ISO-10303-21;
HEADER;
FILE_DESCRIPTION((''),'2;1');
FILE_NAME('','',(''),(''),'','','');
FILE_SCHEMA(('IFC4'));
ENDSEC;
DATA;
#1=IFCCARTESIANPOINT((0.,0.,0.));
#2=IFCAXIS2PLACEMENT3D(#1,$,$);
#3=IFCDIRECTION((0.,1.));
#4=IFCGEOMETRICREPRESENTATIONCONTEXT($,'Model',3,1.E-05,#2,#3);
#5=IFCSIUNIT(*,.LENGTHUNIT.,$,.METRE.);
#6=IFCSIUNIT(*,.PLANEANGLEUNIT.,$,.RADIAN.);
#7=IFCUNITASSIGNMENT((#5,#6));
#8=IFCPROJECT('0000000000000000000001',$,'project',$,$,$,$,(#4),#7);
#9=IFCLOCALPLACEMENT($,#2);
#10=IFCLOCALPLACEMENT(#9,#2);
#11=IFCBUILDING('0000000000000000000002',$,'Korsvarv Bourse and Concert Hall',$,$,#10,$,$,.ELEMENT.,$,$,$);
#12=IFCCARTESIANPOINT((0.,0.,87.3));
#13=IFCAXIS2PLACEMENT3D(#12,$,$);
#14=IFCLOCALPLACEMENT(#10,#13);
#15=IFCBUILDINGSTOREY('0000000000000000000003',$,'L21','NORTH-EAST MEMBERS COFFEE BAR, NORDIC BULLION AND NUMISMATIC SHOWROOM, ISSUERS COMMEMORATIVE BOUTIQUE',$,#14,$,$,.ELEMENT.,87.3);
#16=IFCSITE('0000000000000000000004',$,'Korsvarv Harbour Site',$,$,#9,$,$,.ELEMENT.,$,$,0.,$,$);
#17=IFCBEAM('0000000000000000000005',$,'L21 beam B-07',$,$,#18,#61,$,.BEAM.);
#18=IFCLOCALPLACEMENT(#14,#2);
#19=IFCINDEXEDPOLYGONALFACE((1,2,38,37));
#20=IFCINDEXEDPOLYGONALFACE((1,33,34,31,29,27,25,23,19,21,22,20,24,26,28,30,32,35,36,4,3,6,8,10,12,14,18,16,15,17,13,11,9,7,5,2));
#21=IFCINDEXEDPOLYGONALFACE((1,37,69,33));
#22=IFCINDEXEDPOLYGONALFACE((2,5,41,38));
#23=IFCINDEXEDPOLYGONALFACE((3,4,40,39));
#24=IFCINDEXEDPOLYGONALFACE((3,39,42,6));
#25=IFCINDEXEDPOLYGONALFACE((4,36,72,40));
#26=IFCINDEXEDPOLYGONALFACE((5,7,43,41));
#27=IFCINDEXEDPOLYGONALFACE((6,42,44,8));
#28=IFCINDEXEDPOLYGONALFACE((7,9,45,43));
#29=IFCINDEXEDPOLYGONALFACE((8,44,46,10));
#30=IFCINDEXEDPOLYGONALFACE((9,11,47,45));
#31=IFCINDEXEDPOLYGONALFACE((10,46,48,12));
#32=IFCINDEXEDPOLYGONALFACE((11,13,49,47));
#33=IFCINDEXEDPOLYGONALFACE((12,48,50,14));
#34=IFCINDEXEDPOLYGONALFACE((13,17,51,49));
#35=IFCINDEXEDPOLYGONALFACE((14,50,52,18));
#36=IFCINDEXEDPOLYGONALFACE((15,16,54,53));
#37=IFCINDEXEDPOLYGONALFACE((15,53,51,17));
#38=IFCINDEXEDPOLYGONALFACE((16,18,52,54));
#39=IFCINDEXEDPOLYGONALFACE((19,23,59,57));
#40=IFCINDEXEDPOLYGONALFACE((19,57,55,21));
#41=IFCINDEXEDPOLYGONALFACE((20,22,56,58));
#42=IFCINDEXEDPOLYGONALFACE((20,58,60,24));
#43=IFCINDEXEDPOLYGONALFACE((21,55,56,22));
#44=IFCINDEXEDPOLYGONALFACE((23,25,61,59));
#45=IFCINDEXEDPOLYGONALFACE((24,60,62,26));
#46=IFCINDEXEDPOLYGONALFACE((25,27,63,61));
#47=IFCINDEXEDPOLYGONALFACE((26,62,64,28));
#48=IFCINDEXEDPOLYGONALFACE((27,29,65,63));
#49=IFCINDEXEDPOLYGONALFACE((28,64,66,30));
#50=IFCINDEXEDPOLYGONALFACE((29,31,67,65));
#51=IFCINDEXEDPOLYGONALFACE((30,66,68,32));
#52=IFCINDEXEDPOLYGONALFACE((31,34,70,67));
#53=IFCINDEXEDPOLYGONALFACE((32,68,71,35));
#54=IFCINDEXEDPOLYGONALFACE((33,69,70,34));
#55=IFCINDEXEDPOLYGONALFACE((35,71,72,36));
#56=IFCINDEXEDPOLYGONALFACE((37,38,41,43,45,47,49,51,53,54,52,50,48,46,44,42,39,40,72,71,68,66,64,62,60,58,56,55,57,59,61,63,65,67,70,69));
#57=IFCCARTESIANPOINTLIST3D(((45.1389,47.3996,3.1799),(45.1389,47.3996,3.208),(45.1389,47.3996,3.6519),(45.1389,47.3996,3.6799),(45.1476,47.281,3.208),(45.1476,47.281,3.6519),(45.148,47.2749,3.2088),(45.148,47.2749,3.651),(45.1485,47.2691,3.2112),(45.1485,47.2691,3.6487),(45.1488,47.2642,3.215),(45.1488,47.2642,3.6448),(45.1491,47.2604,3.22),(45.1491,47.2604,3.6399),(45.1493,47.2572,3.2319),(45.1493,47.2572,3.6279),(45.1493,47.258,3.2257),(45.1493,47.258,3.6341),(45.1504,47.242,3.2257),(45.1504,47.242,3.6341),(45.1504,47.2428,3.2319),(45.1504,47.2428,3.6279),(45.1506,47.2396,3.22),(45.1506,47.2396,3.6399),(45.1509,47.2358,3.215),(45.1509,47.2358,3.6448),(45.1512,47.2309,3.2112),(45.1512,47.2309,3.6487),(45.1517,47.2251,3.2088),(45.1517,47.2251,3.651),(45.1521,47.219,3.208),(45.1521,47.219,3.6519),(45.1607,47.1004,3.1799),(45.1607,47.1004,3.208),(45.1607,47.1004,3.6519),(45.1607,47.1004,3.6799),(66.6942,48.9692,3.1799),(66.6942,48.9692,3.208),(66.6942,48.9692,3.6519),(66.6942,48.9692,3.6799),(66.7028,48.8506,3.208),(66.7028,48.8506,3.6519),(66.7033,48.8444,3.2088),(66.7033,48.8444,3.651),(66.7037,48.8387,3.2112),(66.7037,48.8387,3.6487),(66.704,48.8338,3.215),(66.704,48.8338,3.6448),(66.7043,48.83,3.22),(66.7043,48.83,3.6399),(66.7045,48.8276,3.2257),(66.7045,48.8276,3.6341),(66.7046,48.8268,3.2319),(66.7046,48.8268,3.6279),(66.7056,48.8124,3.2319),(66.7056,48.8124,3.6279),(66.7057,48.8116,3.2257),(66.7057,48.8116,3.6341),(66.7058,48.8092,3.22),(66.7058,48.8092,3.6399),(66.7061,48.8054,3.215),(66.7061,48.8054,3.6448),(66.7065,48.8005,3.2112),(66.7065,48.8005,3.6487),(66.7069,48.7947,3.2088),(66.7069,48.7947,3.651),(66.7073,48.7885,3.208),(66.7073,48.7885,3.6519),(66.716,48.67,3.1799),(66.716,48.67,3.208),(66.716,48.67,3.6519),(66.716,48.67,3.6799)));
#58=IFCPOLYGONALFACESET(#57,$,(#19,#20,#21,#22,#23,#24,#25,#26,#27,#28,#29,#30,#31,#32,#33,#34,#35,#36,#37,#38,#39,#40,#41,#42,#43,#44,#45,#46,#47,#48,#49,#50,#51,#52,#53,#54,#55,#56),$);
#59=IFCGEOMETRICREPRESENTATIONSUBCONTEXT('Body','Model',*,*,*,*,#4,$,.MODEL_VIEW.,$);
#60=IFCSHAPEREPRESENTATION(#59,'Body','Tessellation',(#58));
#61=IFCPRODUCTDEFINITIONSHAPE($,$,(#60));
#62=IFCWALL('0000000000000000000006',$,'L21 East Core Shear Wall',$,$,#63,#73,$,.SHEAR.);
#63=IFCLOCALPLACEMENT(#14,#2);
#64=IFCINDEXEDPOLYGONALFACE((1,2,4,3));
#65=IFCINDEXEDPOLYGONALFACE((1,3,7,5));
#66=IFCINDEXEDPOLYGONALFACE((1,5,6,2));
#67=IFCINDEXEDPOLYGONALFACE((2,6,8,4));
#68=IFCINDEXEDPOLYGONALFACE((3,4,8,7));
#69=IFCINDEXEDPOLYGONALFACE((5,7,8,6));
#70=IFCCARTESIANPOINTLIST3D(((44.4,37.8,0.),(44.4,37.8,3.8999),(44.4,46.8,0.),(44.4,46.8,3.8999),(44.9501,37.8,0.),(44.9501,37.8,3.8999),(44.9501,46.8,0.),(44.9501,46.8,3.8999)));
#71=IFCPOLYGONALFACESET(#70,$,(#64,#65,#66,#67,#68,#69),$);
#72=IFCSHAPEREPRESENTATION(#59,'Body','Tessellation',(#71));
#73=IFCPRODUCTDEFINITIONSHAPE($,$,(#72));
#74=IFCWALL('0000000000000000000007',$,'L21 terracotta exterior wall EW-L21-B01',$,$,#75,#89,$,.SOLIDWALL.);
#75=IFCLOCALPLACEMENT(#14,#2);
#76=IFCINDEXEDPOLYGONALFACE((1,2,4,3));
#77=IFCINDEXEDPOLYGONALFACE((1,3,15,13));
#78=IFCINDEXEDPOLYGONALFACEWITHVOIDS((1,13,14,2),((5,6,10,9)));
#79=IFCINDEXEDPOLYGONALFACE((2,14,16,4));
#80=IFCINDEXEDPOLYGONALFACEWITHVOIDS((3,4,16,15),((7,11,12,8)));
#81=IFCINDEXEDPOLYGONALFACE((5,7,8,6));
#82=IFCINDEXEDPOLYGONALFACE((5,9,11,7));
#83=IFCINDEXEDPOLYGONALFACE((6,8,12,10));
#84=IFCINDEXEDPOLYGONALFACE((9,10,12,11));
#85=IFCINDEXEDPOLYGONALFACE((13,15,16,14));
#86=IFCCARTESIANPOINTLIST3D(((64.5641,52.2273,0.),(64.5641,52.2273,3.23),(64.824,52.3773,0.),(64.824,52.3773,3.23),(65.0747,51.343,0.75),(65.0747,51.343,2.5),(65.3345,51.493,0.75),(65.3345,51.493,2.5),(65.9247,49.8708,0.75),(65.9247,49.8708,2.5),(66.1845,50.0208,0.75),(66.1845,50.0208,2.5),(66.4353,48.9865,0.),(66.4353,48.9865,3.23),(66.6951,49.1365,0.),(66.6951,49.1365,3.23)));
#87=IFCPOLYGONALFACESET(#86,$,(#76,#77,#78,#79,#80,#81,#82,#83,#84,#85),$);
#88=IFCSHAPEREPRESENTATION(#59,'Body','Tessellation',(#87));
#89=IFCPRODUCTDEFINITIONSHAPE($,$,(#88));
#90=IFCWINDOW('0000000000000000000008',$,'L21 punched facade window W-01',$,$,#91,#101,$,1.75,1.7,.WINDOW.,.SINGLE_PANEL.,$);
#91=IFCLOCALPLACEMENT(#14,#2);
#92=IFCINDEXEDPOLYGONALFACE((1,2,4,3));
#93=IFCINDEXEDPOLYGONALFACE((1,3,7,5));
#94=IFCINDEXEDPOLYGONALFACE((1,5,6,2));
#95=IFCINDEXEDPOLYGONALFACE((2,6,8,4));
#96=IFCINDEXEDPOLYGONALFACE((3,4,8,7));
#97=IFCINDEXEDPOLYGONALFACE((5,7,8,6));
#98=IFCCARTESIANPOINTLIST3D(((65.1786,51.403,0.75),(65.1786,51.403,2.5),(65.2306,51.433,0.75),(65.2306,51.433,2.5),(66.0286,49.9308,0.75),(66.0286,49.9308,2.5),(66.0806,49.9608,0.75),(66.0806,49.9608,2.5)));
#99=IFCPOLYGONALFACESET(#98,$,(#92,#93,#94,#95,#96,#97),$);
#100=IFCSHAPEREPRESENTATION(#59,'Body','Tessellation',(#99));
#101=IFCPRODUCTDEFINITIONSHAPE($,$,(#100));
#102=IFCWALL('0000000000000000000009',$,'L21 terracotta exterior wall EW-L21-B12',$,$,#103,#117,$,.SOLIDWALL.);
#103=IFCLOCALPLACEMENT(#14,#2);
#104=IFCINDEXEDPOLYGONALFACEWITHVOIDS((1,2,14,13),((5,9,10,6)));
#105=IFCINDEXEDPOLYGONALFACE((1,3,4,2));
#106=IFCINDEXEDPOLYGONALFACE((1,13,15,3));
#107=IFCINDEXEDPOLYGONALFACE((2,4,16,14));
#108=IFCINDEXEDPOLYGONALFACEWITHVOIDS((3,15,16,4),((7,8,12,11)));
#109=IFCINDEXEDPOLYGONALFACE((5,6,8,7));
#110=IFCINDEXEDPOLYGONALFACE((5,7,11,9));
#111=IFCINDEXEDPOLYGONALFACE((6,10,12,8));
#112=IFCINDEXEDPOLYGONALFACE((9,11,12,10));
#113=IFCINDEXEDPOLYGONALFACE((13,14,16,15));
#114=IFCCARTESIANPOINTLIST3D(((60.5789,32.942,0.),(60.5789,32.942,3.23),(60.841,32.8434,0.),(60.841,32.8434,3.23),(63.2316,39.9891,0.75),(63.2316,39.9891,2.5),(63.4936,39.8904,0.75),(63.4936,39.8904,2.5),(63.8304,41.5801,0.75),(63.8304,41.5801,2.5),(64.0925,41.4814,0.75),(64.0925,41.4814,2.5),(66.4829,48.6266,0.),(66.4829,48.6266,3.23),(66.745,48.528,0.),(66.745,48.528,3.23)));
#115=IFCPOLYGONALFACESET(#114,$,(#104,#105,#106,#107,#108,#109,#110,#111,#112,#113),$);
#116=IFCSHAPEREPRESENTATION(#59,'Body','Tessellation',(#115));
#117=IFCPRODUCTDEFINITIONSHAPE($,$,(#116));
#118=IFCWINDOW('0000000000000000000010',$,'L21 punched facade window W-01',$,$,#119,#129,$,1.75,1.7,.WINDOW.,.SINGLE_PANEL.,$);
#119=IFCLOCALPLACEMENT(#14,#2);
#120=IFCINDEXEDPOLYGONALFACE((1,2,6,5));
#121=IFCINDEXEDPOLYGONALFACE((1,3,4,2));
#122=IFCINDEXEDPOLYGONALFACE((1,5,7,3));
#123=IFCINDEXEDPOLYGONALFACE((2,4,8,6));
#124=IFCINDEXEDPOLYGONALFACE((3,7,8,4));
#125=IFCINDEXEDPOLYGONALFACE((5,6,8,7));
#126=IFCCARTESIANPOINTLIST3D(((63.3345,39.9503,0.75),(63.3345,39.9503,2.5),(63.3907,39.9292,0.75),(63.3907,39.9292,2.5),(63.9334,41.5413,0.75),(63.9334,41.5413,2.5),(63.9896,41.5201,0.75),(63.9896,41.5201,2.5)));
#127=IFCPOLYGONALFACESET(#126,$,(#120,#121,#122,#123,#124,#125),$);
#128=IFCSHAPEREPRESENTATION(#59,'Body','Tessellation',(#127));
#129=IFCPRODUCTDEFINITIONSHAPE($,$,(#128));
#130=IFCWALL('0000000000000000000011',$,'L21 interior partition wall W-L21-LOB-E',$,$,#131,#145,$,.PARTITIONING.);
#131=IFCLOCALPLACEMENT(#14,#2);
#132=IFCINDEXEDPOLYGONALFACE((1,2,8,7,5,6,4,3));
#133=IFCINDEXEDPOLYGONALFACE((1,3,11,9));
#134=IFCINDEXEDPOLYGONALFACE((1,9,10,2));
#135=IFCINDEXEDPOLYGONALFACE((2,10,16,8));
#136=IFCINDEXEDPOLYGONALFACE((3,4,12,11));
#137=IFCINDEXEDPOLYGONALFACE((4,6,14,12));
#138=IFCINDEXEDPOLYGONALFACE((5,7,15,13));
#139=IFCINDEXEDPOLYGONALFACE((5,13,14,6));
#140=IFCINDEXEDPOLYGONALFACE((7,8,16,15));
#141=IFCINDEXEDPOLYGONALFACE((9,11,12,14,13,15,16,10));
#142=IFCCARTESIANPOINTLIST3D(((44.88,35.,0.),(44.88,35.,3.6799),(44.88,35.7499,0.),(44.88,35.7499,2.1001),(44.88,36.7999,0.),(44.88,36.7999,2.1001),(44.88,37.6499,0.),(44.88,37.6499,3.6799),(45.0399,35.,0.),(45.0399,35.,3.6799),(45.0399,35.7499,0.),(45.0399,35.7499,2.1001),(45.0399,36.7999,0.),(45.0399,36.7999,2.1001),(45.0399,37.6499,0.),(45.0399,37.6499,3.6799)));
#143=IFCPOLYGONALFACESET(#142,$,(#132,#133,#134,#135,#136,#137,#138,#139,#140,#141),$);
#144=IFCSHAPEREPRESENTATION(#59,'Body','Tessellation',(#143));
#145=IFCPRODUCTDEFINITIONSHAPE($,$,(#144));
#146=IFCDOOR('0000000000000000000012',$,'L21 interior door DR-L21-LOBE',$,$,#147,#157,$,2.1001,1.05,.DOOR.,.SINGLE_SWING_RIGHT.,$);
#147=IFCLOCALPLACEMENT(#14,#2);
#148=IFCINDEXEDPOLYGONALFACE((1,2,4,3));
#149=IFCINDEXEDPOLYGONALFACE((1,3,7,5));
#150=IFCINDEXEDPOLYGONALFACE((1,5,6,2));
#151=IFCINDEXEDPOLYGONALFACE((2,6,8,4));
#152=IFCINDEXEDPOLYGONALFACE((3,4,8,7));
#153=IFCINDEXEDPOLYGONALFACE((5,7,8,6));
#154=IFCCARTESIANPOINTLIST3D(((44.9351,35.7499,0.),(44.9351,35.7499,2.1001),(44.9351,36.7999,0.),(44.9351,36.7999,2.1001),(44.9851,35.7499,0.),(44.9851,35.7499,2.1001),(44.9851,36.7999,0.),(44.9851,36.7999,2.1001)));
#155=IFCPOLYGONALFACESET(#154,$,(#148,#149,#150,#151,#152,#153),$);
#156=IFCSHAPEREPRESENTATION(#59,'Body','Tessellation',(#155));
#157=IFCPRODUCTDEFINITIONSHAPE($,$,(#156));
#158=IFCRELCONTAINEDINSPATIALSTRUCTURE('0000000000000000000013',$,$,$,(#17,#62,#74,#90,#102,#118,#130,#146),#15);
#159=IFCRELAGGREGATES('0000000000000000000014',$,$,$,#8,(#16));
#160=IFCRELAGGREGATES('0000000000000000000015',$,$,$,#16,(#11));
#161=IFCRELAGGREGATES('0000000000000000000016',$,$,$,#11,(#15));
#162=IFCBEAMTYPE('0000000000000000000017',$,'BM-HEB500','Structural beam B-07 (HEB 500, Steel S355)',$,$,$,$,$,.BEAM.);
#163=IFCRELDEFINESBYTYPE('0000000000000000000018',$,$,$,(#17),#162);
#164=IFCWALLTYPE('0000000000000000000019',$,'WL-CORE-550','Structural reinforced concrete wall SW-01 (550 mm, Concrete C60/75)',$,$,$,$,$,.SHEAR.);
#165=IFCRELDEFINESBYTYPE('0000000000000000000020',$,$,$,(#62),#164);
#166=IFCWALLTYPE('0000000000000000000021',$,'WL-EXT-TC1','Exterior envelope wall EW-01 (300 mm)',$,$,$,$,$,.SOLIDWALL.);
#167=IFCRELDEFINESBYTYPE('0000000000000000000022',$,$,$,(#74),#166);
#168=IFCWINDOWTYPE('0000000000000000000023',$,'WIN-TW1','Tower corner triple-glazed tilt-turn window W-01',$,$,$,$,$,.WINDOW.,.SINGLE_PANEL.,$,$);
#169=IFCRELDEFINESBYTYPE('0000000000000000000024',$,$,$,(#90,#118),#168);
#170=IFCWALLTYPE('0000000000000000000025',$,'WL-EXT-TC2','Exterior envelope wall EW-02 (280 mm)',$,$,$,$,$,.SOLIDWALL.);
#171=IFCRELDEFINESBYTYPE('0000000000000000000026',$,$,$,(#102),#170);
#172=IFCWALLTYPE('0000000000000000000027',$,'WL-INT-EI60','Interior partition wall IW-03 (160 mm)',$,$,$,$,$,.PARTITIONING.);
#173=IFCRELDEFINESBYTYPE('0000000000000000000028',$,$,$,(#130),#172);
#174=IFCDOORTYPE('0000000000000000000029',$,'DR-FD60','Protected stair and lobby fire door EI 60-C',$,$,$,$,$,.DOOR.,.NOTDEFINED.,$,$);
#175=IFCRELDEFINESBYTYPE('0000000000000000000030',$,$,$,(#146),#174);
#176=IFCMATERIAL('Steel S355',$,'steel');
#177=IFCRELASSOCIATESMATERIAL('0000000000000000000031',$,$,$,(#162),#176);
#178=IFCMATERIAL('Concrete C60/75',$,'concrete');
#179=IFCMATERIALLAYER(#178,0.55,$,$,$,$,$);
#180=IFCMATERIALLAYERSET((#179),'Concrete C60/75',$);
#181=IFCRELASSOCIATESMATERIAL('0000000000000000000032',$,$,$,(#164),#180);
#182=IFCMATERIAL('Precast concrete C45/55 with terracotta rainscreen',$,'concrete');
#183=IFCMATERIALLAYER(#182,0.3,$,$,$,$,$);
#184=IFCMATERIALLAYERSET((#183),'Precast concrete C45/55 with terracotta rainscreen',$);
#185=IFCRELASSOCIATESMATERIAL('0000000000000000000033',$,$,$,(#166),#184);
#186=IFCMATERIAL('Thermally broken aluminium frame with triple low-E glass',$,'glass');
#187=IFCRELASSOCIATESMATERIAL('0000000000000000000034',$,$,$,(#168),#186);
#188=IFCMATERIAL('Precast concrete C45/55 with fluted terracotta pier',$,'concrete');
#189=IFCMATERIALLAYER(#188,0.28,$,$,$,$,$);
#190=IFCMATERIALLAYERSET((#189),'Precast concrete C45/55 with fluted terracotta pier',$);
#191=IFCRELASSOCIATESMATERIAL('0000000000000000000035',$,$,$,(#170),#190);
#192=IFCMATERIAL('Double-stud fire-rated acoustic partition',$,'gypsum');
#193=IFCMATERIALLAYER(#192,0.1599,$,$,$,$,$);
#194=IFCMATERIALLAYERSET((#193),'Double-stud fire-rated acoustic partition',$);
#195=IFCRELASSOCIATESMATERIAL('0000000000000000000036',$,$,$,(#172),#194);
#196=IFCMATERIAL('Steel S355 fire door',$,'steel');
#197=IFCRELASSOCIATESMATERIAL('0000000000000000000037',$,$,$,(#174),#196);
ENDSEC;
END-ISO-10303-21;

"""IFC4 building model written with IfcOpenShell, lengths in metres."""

from ifc_helpers import new_model, si_unit, direction, frame, frame_2d, origin, origin_2d, place, context, subcontext, project, spatial, rectangle, i_section, extrude, source, transform, mapped, material, layer, layer_set, material_profile, profile_set, type_object, element, fill, save


model = new_model("IFC4")

# Units and contexts
model_context = context("Model", 3, precision=1e-05, world=origin(), true_north=direction((0.0, 1.0)))
body_context = subcontext(model_context, "Body", "Model", "MODEL_VIEW")
ifc_project = project(units=[si_unit("LENGTHUNIT", "METRE"), si_unit("PLANEANGLEUNIT", "RADIAN")], contexts=[model_context])

# Site, building, storey
site_placement = place(None, origin())
site = spatial("IfcSite", under=ifc_project, at=site_placement, Name="Korsvarv Harbour Site", CompositionType="ELEMENT", RefElevation=0.0)
building_placement = place(site_placement, origin())
building = spatial("IfcBuilding", under=site, at=building_placement, Name="Korsvarv Bourse and Concert Hall", CompositionType="ELEMENT")
storey_placement = place(building_placement, frame((0.0, 0.0, 87.3)))
storey = spatial("IfcBuildingStorey", under=building, at=storey_placement, Name="L21", Description="NORTH-EAST MEMBERS COFFEE BAR, NORDIC BULLION AND NUMISMATIC SHOWROOM, ISSUERS COMMEMORATIVE BOUTIQUE", CompositionType="ELEMENT", Elevation=87.3)

# Shared definitions
ifc_material_1 = material(Name="Concrete C60/75", Category="concrete")

# Beam
ifc_material_2 = material(Name="Steel S355", Category="steel")
ifc_material_profile_1 = material_profile(ifc_material_2, i_section(OverallWidth=0.3, OverallDepth=0.5, WebThickness=0.0144, FlangeThickness=0.0281, FilletRadius=0.0239, at=origin_2d()), Name="HEB 500")
ifc_profile_set_1 = profile_set([ifc_material_profile_1], Name="Steel S355")
beam_type_1 = type_object("IfcBeamType", Name="BM-HEB500", Description="Structural beam B-07 (HEB 500, Steel S355)", PredefinedType="BEAM", material=ifc_profile_set_1)
shared_shape_1 = source(origin(), body_context, "Body", "SweptSolid", [
    extrude(i_section(OverallWidth=0.3, OverallDepth=0.5, WebThickness=0.0144, FlangeThickness=0.0281, FilletRadius=0.0239, at=origin_2d()), origin(), (0.0, 0.0, 1.0), 21.6123),
])
beam_1_placement = place(storey_placement, frame((66.7051, 48.8196, 3.4299), z_axis=(-0.997359, -0.072625, 0.0), x_axis=(0.072625, -0.997359, 0.0)))
element("IfcBeam", 1, at=beam_1_placement, inside=storey, type_object=beam_type_1, Name="L21 beam B-07", PredefinedType="BEAM", context=body_context, shape_type="MappedRepresentation", body=[
    mapped(shared_shape_1, transform((0.0, 0.0, 0.0), scale=1.0)),
])

# Wall
ifc_layer_1 = layer(ifc_material_1, 0.55)
ifc_layer_set_1 = layer_set([ifc_layer_1], Name="Concrete C60/75")
wall_type_1 = type_object("IfcWallType", Name="WL-CORE-550", Description="Structural reinforced concrete wall SW-01 (550 mm, Concrete C60/75)", PredefinedType="SHEAR", material=ifc_layer_set_1)
wall_1_placement = place(storey_placement, frame((44.675, 37.8, 0.0), z_axis=(0.0, 0.0, 1.0), x_axis=(0.0, 1.0, 0.0)))
element("IfcWall", 2, at=wall_1_placement, inside=storey, type_object=wall_type_1, Name="L21 East Core Shear Wall", PredefinedType="SHEAR", context=body_context, shape_type="SweptSolid", body=[
    extrude(rectangle(XDim=9.0, YDim=0.55, at=frame_2d((4.5, 0.0))), origin(), (0.0, 0.0, 1.0), 3.8999),
])

# Walls, openings, windows
ifc_material_3 = material(Name="Precast concrete C45/55 with terracotta rainscreen", Category="concrete")
ifc_layer_2 = layer(ifc_material_3, 0.3)
ifc_layer_set_2 = layer_set([ifc_layer_2], Name="Precast concrete C45/55 with terracotta rainscreen")
wall_type_2 = type_object("IfcWallType", Name="WL-EXT-TC1", Description="Exterior envelope wall EW-01 (300 mm)", PredefinedType="SOLIDWALL", material=ifc_layer_set_2)
wall_2_placement = place(storey_placement, frame((66.5652, 49.0615, 0.0), z_axis=(0.0, 0.0, 1.0), x_axis=(-0.500012, 0.866018, 0.0)))
wall_2 = element("IfcWall", 3, at=wall_2_placement, inside=storey, type_object=wall_type_2, Name="L21 terracotta exterior wall EW-L21-B01", PredefinedType="SOLIDWALL", context=body_context, shape_type="SweptSolid", body=[
    extrude(rectangle(XDim=3.7422, YDim=0.3, at=frame_2d((1.8711, 0.0))), origin(), (0.0, 0.0, 1.0), 3.23),
])
opening_1_placement = place(wall_2_placement, frame((1.021, 0.0, 0.75)))
opening_1 = element("IfcOpeningElement", 4, at=opening_1_placement, cuts=wall_2, PredefinedType="OPENING", context=body_context, shape_type="SweptSolid", body=[
    extrude(rectangle(XDim=1.7, YDim=1.75, at=frame_2d((0.8501, 0.875))), frame((0.0, 0.1602, 0.0), z_axis=(0.0, -1.0, 0.0), x_axis=(1.0, 0.0, 0.0)), (0.0, 0.0, 1.0), 0.3201),
])
ifc_material_4 = material(Name="Thermally broken aluminium frame with triple low-E glass", Category="glass")
window_type = type_object("IfcWindowType", Name="WIN-TW1", Description="Tower corner triple-glazed tilt-turn window W-01", PartitioningType="SINGLE_PANEL", PredefinedType="WINDOW", material=ifc_material_4)
window_1_placement = place(opening_1_placement, origin())
window_1 = element("IfcWindow", 5, at=window_1_placement, inside=storey, type_object=window_type, Name="L21 punched facade window W-01", OverallHeight=1.75, OverallWidth=1.7, PartitioningType="SINGLE_PANEL", PredefinedType="WINDOW", context=body_context, shape_type="SweptSolid", body=[
    extrude(rectangle(XDim=1.7, YDim=1.75, at=frame_2d((0.8501, 0.875))), frame((0.0, 0.03, 0.0), z_axis=(0.0, -1.0, 0.0), x_axis=(1.0, 0.0, 0.0)), (0.0, 0.0, 1.0), 0.0601),
])
fill(opening_1, window_1)
ifc_material_5 = material(Name="Precast concrete C45/55 with fluted terracotta pier", Category="concrete")
ifc_layer_3 = layer(ifc_material_5, 0.28)
ifc_layer_set_3 = layer_set([ifc_layer_3], Name="Precast concrete C45/55 with fluted terracotta pier")
wall_type_3 = type_object("IfcWallType", Name="WL-EXT-TC2", Description="Exterior envelope wall EW-02 (280 mm)", PredefinedType="SOLIDWALL", material=ifc_layer_set_3)
wall_3_placement = place(storey_placement, frame((60.71, 32.8928, 0.0), z_axis=(0.0, 0.0, 1.0), x_axis=(0.352292, 0.93589, 0.0)))
wall_3 = element("IfcWall", 6, at=wall_3_placement, inside=storey, type_object=wall_type_3, Name="L21 terracotta exterior wall EW-L21-B12", PredefinedType="SOLIDWALL", context=body_context, shape_type="SweptSolid", body=[
    extrude(rectangle(XDim=16.759, YDim=0.28, at=frame_2d((8.3794, 0.0))), origin(), (0.0, 0.0, 1.0), 3.23),
])
opening_2_placement = place(wall_3_placement, frame((7.5295, 0.0, 0.75)))
opening_2 = element("IfcOpeningElement", 7, at=opening_2_placement, cuts=wall_3, PredefinedType="OPENING", context=body_context, shape_type="SweptSolid", body=[
    extrude(rectangle(XDim=1.7, YDim=1.75, at=frame_2d((0.8501, 0.875))), frame((0.0, 0.1499, 0.0), z_axis=(0.0, -1.0, 0.0), x_axis=(1.0, 0.0, 0.0)), (0.0, 0.0, 1.0), 0.3),
])
window_2_placement = place(opening_2_placement, origin())
window_2 = element("IfcWindow", 8, at=window_2_placement, inside=storey, type_object=window_type, Name="L21 punched facade window W-01", OverallHeight=1.75, OverallWidth=1.7, PartitioningType="SINGLE_PANEL", PredefinedType="WINDOW", context=body_context, shape_type="SweptSolid", body=[
    extrude(rectangle(XDim=1.7, YDim=1.75, at=frame_2d((0.8501, 0.875))), frame((0.0, 0.03, 0.0), z_axis=(0.0, -1.0, 0.0), x_axis=(1.0, 0.0, 0.0)), (0.0, 0.0, 1.0), 0.0601),
])
fill(opening_2, window_2)

# Wall, opening, door
ifc_material_6 = material(Name="Double-stud fire-rated acoustic partition", Category="gypsum")
ifc_layer_4 = layer(ifc_material_6, 0.1599)
ifc_layer_set_4 = layer_set([ifc_layer_4], Name="Double-stud fire-rated acoustic partition")
wall_type_4 = type_object("IfcWallType", Name="WL-INT-EI60", Description="Interior partition wall IW-03 (160 mm)", PredefinedType="PARTITIONING", material=ifc_layer_set_4)
wall_4_placement = place(storey_placement, frame((44.96, 35.0, 0.0), z_axis=(0.0, 0.0, 1.0), x_axis=(0.0, 1.0, 0.0)))
wall_4 = element("IfcWall", 9, at=wall_4_placement, inside=storey, type_object=wall_type_4, Name="L21 interior partition wall W-L21-LOB-E", PredefinedType="PARTITIONING", context=body_context, shape_type="SweptSolid", body=[
    extrude(rectangle(XDim=2.6499, YDim=0.1599, at=frame_2d((1.325, 0.0))), origin(), (0.0, 0.0, 1.0), 3.6799),
])
opening_3_placement = place(wall_4_placement, frame((0.75, 0.0, 0.0)))
opening_3 = element("IfcOpeningElement", 10, at=opening_3_placement, cuts=wall_4, PredefinedType="OPENING", context=body_context, shape_type="SweptSolid", body=[
    extrude(rectangle(XDim=1.05, YDim=2.1001, at=frame_2d((0.5249, 1.05))), frame((0.0, 0.0898, 0.0), z_axis=(0.0, -1.0, 0.0), x_axis=(1.0, 0.0, 0.0)), (0.0, 0.0, 1.0), 0.1799),
])
ifc_material_7 = material(Name="Steel S355 fire door", Category="steel")
door_type_1 = type_object("IfcDoorType", Name="DR-FD60", Description="Protected stair and lobby fire door EI 60-C", OperationType="NOTDEFINED", PredefinedType="DOOR", material=ifc_material_7)
door_1_placement = place(opening_3_placement, origin())
door_1 = element("IfcDoor", 11, at=door_1_placement, inside=storey, type_object=door_type_1, Name="L21 interior door DR-L21-LOBE", OperationType="SINGLE_SWING_RIGHT", OverallHeight=2.1001, OverallWidth=1.05, PredefinedType="DOOR", context=body_context, shape_type="SweptSolid", body=[
    extrude(rectangle(XDim=1.05, YDim=2.1001, at=frame_2d((0.5249, 1.05))), frame((0.0, 0.0249, 0.0), z_axis=(0.0, -1.0, 0.0), x_axis=(1.0, 0.0, 0.0)), (0.0, 0.0, 1.0), 0.05),
])
fill(opening_3, door_1)

save(model, "model.ifc")
